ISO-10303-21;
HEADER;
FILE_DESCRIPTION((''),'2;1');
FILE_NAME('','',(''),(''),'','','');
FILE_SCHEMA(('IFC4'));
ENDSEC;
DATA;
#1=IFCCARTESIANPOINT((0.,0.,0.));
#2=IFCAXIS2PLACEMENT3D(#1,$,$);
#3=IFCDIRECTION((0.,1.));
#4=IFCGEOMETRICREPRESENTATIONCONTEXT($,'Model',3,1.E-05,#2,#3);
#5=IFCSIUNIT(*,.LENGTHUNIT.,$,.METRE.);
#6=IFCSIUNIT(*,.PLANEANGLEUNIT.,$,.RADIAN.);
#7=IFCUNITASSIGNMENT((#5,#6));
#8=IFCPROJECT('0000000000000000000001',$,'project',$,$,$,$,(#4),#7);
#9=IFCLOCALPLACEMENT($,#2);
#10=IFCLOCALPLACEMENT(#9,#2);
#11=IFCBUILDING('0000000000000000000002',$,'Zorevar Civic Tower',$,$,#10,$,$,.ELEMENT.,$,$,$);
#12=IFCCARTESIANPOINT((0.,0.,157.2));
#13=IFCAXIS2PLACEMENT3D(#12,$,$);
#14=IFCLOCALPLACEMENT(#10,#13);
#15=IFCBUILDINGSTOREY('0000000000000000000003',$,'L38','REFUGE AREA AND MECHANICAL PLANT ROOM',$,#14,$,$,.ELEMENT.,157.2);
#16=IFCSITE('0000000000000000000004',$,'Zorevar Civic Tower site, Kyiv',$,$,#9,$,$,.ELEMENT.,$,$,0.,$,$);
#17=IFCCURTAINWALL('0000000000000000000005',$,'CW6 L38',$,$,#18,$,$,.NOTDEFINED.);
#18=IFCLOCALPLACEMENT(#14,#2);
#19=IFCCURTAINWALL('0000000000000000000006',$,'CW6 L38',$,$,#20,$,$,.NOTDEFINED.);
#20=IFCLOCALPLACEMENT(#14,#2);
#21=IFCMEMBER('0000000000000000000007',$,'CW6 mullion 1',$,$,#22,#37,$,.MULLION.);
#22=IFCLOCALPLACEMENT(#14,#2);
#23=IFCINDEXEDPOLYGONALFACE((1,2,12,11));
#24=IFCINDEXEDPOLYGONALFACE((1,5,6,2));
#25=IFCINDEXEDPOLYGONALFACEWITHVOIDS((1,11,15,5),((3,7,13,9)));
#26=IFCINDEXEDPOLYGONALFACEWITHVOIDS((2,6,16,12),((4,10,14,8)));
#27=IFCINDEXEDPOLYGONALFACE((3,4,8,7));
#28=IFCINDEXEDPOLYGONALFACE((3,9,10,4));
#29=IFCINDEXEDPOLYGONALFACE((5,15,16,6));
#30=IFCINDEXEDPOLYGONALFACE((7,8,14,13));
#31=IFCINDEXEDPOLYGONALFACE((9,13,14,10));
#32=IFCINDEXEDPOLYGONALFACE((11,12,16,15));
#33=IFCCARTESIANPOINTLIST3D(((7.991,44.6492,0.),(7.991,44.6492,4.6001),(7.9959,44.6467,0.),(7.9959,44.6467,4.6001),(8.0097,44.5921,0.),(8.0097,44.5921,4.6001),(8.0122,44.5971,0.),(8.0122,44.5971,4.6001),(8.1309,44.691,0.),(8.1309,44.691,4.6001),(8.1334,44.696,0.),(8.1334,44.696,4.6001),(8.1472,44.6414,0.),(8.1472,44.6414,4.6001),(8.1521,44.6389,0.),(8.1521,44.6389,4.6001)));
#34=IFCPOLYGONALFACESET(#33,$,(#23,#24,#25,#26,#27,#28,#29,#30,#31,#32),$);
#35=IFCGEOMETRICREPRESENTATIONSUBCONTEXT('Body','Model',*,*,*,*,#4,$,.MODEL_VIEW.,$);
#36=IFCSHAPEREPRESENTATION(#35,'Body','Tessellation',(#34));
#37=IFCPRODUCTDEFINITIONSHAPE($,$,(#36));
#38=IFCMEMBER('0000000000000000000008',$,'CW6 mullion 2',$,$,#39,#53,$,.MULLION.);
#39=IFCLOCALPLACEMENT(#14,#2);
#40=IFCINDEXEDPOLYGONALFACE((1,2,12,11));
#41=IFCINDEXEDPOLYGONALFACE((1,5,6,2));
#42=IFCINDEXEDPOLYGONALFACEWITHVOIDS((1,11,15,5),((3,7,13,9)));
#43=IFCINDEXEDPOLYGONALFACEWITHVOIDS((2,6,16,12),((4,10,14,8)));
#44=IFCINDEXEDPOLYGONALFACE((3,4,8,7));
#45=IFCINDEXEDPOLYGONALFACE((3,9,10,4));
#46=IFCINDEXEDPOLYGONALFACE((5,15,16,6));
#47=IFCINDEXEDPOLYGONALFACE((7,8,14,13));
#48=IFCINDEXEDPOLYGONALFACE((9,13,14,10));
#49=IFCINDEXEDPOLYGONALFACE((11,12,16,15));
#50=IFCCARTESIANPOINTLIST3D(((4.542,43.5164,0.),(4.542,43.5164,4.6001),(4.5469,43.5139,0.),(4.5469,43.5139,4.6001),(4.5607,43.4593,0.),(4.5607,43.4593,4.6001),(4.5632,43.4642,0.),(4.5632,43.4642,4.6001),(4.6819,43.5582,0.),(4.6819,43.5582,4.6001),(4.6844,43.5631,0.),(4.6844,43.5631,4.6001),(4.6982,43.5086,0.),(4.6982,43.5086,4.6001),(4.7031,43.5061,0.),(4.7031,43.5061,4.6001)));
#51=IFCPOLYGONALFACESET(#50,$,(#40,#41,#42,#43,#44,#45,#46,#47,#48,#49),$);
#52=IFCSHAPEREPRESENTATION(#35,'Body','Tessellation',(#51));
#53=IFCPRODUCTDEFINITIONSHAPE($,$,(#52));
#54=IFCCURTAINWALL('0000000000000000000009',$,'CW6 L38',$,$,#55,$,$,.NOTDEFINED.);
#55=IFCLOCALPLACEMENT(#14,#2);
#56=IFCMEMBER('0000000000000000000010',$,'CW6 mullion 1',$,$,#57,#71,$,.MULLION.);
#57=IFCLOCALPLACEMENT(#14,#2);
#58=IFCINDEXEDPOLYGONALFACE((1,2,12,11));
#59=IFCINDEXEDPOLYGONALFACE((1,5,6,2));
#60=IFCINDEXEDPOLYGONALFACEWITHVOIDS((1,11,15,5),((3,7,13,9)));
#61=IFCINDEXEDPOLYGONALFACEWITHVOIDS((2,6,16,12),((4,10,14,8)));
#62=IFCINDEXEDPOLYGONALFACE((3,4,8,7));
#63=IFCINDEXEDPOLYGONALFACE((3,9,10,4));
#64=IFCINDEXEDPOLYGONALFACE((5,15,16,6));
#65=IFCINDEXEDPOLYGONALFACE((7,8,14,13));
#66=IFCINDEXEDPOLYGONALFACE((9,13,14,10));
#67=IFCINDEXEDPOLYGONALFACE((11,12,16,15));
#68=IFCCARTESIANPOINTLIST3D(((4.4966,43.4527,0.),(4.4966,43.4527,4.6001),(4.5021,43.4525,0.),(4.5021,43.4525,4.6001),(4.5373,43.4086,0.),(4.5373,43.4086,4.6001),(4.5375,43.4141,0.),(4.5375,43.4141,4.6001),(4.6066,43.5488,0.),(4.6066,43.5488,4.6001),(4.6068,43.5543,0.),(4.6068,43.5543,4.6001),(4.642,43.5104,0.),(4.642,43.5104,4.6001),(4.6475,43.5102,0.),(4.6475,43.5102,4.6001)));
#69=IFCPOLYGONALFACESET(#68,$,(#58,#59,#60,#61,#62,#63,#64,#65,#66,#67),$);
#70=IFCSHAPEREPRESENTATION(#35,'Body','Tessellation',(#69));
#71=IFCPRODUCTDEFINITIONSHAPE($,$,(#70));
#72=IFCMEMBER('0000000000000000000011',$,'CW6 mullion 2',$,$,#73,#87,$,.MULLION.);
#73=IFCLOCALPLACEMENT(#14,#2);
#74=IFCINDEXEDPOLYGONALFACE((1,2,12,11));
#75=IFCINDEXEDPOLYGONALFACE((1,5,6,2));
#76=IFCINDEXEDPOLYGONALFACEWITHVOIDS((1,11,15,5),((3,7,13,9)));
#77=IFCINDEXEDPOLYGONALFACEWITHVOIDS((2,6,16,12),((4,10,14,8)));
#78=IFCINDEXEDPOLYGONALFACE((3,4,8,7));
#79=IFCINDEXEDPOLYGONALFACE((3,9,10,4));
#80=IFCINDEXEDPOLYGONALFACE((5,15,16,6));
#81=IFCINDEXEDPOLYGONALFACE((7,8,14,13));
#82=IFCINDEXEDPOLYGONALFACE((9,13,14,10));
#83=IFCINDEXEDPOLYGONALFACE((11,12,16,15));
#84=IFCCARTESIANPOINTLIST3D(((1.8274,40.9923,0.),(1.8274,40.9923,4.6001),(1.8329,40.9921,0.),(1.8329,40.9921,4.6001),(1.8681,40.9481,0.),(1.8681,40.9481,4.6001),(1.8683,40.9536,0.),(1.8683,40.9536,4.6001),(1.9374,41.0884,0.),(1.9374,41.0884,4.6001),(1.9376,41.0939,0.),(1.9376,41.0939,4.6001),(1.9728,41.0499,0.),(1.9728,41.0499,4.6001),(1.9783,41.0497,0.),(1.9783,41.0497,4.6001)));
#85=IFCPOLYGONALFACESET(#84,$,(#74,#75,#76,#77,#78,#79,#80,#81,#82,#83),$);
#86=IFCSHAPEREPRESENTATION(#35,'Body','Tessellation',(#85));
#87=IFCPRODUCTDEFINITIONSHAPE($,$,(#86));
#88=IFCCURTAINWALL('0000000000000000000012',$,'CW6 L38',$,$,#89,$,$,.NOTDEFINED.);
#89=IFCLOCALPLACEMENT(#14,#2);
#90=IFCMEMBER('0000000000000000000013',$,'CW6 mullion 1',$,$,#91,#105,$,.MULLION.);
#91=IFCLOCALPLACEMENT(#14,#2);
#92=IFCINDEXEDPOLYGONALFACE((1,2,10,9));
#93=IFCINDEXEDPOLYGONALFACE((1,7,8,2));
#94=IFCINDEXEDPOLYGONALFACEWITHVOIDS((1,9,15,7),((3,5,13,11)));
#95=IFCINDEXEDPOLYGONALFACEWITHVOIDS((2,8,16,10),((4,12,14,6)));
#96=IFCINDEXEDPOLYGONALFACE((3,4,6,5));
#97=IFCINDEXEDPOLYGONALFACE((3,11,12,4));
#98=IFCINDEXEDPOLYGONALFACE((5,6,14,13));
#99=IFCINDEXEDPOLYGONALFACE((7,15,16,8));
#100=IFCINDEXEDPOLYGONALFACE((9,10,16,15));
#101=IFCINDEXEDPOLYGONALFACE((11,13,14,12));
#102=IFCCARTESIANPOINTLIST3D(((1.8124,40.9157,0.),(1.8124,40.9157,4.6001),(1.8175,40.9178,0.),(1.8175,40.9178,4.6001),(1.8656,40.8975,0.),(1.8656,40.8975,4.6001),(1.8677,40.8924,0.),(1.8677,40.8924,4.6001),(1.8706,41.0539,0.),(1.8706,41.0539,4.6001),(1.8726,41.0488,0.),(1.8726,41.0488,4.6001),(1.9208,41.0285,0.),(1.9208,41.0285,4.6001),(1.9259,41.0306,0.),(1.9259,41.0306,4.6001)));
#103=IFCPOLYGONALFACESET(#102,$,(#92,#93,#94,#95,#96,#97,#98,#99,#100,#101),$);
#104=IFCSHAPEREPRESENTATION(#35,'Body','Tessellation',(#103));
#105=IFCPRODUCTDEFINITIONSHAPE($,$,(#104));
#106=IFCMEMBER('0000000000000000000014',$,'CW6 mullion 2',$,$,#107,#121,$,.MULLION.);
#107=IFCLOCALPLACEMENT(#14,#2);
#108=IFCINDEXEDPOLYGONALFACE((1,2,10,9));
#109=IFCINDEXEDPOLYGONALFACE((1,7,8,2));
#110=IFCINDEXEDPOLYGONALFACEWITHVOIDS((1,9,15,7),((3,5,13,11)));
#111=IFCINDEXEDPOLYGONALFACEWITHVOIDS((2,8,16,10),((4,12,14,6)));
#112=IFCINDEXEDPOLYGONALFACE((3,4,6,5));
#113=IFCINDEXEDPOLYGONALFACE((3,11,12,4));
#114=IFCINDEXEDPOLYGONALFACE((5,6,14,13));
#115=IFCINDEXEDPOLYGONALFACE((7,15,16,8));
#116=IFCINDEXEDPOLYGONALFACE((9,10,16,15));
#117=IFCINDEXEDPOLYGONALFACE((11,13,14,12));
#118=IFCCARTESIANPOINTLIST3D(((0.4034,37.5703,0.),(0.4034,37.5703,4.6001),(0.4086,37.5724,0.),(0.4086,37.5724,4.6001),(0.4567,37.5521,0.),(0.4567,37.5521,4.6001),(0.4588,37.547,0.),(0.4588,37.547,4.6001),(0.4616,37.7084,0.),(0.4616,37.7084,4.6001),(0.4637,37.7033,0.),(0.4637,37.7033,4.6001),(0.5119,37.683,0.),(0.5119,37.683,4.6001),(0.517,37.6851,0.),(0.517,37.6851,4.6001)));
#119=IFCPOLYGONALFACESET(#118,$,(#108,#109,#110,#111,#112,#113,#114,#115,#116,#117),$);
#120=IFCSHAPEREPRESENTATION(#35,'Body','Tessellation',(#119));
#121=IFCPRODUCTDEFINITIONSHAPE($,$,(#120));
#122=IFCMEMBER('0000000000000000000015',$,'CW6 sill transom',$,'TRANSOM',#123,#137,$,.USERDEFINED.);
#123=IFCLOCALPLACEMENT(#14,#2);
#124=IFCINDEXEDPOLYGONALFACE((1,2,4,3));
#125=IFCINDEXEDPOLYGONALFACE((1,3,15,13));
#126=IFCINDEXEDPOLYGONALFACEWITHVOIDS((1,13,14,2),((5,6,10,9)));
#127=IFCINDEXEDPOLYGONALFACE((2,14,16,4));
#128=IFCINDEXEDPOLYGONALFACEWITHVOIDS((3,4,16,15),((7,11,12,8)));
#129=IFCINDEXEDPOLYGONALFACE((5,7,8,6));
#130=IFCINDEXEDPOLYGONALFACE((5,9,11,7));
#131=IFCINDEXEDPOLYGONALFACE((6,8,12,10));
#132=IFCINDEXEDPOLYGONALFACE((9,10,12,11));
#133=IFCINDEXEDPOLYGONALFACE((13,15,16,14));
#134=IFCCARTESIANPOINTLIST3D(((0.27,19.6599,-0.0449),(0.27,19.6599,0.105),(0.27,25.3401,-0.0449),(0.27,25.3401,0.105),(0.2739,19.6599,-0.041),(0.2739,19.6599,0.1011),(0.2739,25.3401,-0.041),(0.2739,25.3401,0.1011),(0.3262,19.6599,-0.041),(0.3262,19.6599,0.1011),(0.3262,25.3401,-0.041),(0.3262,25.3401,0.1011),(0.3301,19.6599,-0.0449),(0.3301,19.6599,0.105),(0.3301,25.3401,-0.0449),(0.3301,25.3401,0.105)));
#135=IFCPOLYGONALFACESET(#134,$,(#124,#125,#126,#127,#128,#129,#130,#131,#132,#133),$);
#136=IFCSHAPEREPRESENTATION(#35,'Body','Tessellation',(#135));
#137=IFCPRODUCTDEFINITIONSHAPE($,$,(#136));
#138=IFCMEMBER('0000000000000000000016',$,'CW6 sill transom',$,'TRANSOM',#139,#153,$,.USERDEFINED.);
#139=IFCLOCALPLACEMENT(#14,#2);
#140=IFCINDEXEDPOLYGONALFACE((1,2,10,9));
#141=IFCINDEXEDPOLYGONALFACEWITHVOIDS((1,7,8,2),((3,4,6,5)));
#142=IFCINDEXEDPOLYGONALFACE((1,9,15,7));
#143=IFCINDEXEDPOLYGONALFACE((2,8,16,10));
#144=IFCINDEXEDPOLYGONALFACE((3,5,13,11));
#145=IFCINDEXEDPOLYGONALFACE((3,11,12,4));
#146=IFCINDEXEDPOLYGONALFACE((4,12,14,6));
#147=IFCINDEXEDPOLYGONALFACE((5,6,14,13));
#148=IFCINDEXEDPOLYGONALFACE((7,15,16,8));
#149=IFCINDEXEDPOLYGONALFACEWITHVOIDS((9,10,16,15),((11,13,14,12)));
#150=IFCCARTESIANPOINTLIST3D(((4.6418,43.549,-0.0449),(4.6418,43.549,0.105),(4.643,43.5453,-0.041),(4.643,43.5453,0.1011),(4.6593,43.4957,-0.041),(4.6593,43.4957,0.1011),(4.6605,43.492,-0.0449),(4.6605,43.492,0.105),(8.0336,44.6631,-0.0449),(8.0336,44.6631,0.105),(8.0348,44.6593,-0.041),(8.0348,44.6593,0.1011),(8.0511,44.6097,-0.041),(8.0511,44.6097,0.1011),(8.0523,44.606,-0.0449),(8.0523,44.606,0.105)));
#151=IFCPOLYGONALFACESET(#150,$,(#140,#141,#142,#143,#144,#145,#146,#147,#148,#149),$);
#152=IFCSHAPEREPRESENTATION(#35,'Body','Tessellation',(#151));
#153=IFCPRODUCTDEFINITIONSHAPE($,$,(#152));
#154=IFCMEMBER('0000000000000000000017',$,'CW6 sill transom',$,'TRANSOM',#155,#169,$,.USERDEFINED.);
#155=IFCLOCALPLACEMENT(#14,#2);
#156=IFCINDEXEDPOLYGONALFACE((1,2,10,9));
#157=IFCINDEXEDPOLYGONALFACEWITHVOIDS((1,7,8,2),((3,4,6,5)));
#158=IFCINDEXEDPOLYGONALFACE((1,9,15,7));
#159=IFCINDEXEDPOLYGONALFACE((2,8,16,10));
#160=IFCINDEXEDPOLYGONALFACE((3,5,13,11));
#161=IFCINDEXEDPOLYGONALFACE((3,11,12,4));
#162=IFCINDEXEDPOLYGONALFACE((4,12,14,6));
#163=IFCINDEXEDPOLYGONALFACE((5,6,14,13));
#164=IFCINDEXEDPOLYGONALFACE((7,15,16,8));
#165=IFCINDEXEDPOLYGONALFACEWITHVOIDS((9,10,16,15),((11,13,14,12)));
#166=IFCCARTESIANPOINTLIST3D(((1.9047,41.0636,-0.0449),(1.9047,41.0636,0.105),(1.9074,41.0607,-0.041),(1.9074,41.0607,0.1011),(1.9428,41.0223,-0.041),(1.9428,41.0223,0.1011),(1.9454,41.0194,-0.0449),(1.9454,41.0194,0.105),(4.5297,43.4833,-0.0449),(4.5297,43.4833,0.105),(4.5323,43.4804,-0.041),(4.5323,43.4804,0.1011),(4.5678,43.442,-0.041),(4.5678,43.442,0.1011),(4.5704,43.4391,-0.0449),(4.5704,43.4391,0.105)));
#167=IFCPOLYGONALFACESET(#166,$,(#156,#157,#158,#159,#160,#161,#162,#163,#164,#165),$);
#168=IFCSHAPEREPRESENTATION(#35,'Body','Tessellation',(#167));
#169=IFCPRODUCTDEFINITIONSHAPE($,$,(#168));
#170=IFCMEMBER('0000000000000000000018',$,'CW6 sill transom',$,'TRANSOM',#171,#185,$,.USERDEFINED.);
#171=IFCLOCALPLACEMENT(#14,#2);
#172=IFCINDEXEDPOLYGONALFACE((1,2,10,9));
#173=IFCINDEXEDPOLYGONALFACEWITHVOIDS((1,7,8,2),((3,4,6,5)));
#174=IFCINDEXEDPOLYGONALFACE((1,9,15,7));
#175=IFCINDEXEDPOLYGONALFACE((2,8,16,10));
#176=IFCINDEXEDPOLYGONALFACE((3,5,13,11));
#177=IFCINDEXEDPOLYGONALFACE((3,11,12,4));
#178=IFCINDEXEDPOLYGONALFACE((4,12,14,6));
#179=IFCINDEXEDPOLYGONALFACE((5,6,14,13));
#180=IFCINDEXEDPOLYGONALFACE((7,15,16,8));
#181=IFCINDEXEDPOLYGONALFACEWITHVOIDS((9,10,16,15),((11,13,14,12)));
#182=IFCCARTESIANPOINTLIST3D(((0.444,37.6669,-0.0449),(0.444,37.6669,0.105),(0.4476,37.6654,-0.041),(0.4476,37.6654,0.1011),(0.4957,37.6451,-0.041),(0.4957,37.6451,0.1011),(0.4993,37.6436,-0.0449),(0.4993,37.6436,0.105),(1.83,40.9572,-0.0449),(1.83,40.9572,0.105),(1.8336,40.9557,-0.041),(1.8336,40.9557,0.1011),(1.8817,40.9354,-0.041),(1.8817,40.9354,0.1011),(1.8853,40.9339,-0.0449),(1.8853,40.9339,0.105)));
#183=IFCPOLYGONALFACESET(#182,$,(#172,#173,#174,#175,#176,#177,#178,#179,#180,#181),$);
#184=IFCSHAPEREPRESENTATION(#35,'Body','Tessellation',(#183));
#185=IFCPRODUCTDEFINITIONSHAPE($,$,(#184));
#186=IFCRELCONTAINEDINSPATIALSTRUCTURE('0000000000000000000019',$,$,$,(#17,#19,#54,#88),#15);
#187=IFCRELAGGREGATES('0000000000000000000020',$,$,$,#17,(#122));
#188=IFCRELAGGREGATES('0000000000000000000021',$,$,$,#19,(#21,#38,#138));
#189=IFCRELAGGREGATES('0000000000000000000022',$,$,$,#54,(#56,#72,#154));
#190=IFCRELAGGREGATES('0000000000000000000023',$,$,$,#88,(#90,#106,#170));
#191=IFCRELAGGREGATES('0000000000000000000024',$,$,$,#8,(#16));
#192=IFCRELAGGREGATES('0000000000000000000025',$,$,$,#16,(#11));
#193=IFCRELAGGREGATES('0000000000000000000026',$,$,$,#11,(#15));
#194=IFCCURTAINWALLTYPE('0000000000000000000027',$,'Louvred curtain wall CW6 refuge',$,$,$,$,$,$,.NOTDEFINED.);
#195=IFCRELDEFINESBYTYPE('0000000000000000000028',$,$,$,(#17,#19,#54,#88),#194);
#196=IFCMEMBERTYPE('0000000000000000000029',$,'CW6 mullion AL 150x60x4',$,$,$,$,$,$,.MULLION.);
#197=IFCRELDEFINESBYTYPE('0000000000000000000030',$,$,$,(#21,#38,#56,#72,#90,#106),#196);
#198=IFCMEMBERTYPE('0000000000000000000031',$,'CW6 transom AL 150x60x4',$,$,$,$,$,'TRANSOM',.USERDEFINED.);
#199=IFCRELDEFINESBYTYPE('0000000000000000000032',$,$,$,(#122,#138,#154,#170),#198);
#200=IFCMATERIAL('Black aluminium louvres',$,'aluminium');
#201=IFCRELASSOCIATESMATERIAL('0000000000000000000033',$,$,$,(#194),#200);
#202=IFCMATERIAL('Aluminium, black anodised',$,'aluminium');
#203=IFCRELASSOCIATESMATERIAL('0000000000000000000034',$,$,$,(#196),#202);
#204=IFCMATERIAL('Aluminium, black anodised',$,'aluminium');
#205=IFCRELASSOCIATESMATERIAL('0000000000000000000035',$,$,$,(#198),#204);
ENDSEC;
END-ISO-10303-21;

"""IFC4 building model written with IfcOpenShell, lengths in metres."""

from ifc_helpers import new_model, si_unit, direction, frame, origin, origin_2d, place, context, subcontext, project, spatial, hollow_rectangle, extrude, material, material_profile, profile_set, type_object, element, aggregate, save


model = new_model("IFC4")

# Units and contexts
model_context = context("Model", 3, precision=1e-05, world=origin(), true_north=direction((0.0, 1.0)))
body_context = subcontext(model_context, "Body", "Model", "MODEL_VIEW")
ifc_project = project(units=[si_unit("LENGTHUNIT", "METRE"), si_unit("PLANEANGLEUNIT", "RADIAN")], contexts=[model_context])

# Site, building, storey
site_placement = place(None, origin())
site = spatial("IfcSite", under=ifc_project, at=site_placement, Name="Zorevar Civic Tower site, Kyiv", CompositionType="ELEMENT", RefElevation=0.0)
building_placement = place(site_placement, origin())
building = spatial("IfcBuilding", under=site, at=building_placement, Name="Zorevar Civic Tower", CompositionType="ELEMENT")
storey_placement = place(building_placement, frame((0.0, 0.0, 157.2)))
storey = spatial("IfcBuildingStorey", under=building, at=storey_placement, Name="L38", Description="REFUGE AREA AND MECHANICAL PLANT ROOM", CompositionType="ELEMENT", Elevation=157.2)

# Curtain walls, members
ifc_material_1 = material(Name="Black aluminium louvres", Category="aluminium")
curtain_wall_type = type_object("IfcCurtainWallType", Name="Louvred curtain wall CW6 refuge", PredefinedType="NOTDEFINED", material=ifc_material_1)
curtain_wall_1_placement = place(storey_placement, origin())
curtain_wall_1 = element("IfcCurtainWall", 1, at=curtain_wall_1_placement, inside=storey, type_object=curtain_wall_type, Name="CW6 L38", PredefinedType="NOTDEFINED")
ifc_material_2 = material(Name="Aluminium, black anodised", Category="aluminium")
ifc_material_profile_1 = material_profile(ifc_material_2, hollow_rectangle(XDim=0.0601, YDim=0.1499, WallThickness=0.0039, at=origin_2d()), Name="AL 150x60x4")
ifc_profile_set_1 = profile_set([ifc_material_profile_1], Name="Aluminium, black anodised")
member_type_1 = type_object("IfcMemberType", Name="CW6 mullion AL 150x60x4", PredefinedType="MULLION", material=ifc_profile_set_1)
curtain_wall_2_placement = place(storey_placement, origin())
curtain_wall_2 = element("IfcCurtainWall", 2, at=curtain_wall_2_placement, inside=storey, type_object=curtain_wall_type, Name="CW6 L38", PredefinedType="NOTDEFINED")
member_1_placement = place(storey_placement, frame((8.0715, 44.644, 0.0), z_axis=(0.0, 0.0, 1.0), x_axis=(0.312036, -0.95007, 0.0)))
member_1 = element("IfcMember", 3, at=member_1_placement, type_object=member_type_1, Name="CW6 mullion 1", PredefinedType="MULLION", context=body_context, shape_type="SweptSolid", body=[
    extrude(hollow_rectangle(XDim=0.0601, YDim=0.1499, WallThickness=0.0039, at=origin_2d()), origin(), (0.0, 0.0, 1.0), 4.6001),
])
member_2_placement = place(storey_placement, frame((4.6226, 43.5112, 0.0), z_axis=(0.0, 0.0, 1.0), x_axis=(0.312036, -0.95007, 0.0)))
member_2 = element("IfcMember", 4, at=member_2_placement, type_object=member_type_1, Name="CW6 mullion 2", PredefinedType="MULLION", context=body_context, shape_type="SweptSolid", body=[
    extrude(hollow_rectangle(XDim=0.0601, YDim=0.1499, WallThickness=0.0039, at=origin_2d()), origin(), (0.0, 0.0, 1.0), 4.6001),
])
curtain_wall_3_placement = place(storey_placement, origin())
curtain_wall_3 = element("IfcCurtainWall", 5, at=curtain_wall_3_placement, inside=storey, type_object=curtain_wall_type, Name="CW6 L38", PredefinedType="NOTDEFINED")
member_3_placement = place(storey_placement, frame((4.572, 43.4814, 0.0), z_axis=(0.0, 0.0, 1.0), x_axis=(0.677777, -0.735267, 0.0)))
member_3 = element("IfcMember", 6, at=member_3_placement, type_object=member_type_1, Name="CW6 mullion 1", PredefinedType="MULLION", context=body_context, shape_type="SweptSolid", body=[
    extrude(hollow_rectangle(XDim=0.0601, YDim=0.1499, WallThickness=0.0039, at=origin_2d()), origin(), (0.0, 0.0, 1.0), 4.6001),
])
member_4_placement = place(storey_placement, frame((1.9028, 41.021, 0.0), z_axis=(0.0, 0.0, 1.0), x_axis=(0.677777, -0.735267, 0.0)))
member_4 = element("IfcMember", 7, at=member_4_placement, type_object=member_type_1, Name="CW6 mullion 2", PredefinedType="MULLION", context=body_context, shape_type="SweptSolid", body=[
    extrude(hollow_rectangle(XDim=0.0601, YDim=0.1499, WallThickness=0.0039, at=origin_2d()), origin(), (0.0, 0.0, 1.0), 4.6001),
])
curtain_wall_4_placement = place(storey_placement, origin())
curtain_wall_4 = element("IfcCurtainWall", 8, at=curtain_wall_4_placement, inside=storey, type_object=curtain_wall_type, Name="CW6 L38", PredefinedType="NOTDEFINED")
member_5_placement = place(storey_placement, frame((1.8691, 40.9731, 0.0), z_axis=(0.0, 0.0, 1.0), x_axis=(0.921582, -0.388184, 0.0)))
member_5 = element("IfcMember", 9, at=member_5_placement, type_object=member_type_1, Name="CW6 mullion 1", PredefinedType="MULLION", context=body_context, shape_type="SweptSolid", body=[
    extrude(hollow_rectangle(XDim=0.0601, YDim=0.1499, WallThickness=0.0039, at=origin_2d()), origin(), (0.0, 0.0, 1.0), 4.6001),
])
member_6_placement = place(storey_placement, frame((0.4602, 37.6277, 0.0), z_axis=(0.0, 0.0, 1.0), x_axis=(0.921582, -0.388184, 0.0)))
member_6 = element("IfcMember", 10, at=member_6_placement, type_object=member_type_1, Name="CW6 mullion 2", PredefinedType="MULLION", context=body_context, shape_type="SweptSolid", body=[
    extrude(hollow_rectangle(XDim=0.0601, YDim=0.1499, WallThickness=0.0039, at=origin_2d()), origin(), (0.0, 0.0, 1.0), 4.6001),
])

# Members
ifc_material_3 = material(Name="Aluminium, black anodised", Category="aluminium")
ifc_material_profile_2 = material_profile(ifc_material_3, hollow_rectangle(XDim=0.0601, YDim=0.1499, WallThickness=0.0039, at=origin_2d()), Name="AL 150x60x4")
ifc_profile_set_2 = profile_set([ifc_material_profile_2], Name="Aluminium, black anodised")
member_type_2 = type_object("IfcMemberType", Name="CW6 transom AL 150x60x4", ElementType="TRANSOM", PredefinedType="USERDEFINED", material=ifc_profile_set_2)
member_7_placement = place(storey_placement, frame((0.3, 19.6599, 0.03), z_axis=(0.0, 1.0, 0.0), x_axis=(-1.0, 0.0, 0.0)))
member_7 = element("IfcMember", 11, at=member_7_placement, type_object=member_type_2, Name="CW6 sill transom", ObjectType="TRANSOM", PredefinedType="USERDEFINED", context=body_context, shape_type="SweptSolid", body=[
    extrude(hollow_rectangle(XDim=0.0601, YDim=0.1499, WallThickness=0.0039, at=origin_2d()), origin(), (0.0, 0.0, 1.0), 5.6802),
])
member_8_placement = place(storey_placement, frame((8.043, 44.6345, 0.03), z_axis=(-0.950069, -0.31204, 0.0), x_axis=(0.31204, -0.950069, 0.0)))
member_8 = element("IfcMember", 12, at=member_8_placement, type_object=member_type_2, Name="CW6 sill transom", ObjectType="TRANSOM", PredefinedType="USERDEFINED", context=body_context, shape_type="SweptSolid", body=[
    extrude(hollow_rectangle(XDim=0.0601, YDim=0.1499, WallThickness=0.0039, at=origin_2d()), origin(), (0.0, 0.0, 1.0), 3.5701),
])
member_9_placement = place(storey_placement, frame((4.55, 43.4612, 0.03), z_axis=(-0.735278, -0.677766, 0.0), x_axis=(0.677766, -0.735278, 0.0)))
member_9 = element("IfcMember", 13, at=member_9_placement, type_object=member_type_2, Name="CW6 sill transom", ObjectType="TRANSOM", PredefinedType="USERDEFINED", context=body_context, shape_type="SweptSolid", body=[
    extrude(hollow_rectangle(XDim=0.0601, YDim=0.1499, WallThickness=0.0039, at=origin_2d()), origin(), (0.0, 0.0, 1.0), 3.5701),
])
member_10_placement = place(storey_placement, frame((1.8577, 40.9456, 0.03), z_axis=(-0.388201, -0.921575, 0.0), x_axis=(0.921575, -0.388201, 0.0)))
member_10 = element("IfcMember", 14, at=member_10_placement, type_object=member_type_2, Name="CW6 sill transom", ObjectType="TRANSOM", PredefinedType="USERDEFINED", context=body_context, shape_type="SweptSolid", body=[
    extrude(hollow_rectangle(XDim=0.0601, YDim=0.1499, WallThickness=0.0039, at=origin_2d()), origin(), (0.0, 0.0, 1.0), 3.5703),
])

aggregate(curtain_wall_1, [member_7])
aggregate(curtain_wall_2, [member_1, member_2, member_8])
aggregate(curtain_wall_3, [member_3, member_4, member_9])
aggregate(curtain_wall_4, [member_5, member_6, member_10])

save(model, "model.ifc")
